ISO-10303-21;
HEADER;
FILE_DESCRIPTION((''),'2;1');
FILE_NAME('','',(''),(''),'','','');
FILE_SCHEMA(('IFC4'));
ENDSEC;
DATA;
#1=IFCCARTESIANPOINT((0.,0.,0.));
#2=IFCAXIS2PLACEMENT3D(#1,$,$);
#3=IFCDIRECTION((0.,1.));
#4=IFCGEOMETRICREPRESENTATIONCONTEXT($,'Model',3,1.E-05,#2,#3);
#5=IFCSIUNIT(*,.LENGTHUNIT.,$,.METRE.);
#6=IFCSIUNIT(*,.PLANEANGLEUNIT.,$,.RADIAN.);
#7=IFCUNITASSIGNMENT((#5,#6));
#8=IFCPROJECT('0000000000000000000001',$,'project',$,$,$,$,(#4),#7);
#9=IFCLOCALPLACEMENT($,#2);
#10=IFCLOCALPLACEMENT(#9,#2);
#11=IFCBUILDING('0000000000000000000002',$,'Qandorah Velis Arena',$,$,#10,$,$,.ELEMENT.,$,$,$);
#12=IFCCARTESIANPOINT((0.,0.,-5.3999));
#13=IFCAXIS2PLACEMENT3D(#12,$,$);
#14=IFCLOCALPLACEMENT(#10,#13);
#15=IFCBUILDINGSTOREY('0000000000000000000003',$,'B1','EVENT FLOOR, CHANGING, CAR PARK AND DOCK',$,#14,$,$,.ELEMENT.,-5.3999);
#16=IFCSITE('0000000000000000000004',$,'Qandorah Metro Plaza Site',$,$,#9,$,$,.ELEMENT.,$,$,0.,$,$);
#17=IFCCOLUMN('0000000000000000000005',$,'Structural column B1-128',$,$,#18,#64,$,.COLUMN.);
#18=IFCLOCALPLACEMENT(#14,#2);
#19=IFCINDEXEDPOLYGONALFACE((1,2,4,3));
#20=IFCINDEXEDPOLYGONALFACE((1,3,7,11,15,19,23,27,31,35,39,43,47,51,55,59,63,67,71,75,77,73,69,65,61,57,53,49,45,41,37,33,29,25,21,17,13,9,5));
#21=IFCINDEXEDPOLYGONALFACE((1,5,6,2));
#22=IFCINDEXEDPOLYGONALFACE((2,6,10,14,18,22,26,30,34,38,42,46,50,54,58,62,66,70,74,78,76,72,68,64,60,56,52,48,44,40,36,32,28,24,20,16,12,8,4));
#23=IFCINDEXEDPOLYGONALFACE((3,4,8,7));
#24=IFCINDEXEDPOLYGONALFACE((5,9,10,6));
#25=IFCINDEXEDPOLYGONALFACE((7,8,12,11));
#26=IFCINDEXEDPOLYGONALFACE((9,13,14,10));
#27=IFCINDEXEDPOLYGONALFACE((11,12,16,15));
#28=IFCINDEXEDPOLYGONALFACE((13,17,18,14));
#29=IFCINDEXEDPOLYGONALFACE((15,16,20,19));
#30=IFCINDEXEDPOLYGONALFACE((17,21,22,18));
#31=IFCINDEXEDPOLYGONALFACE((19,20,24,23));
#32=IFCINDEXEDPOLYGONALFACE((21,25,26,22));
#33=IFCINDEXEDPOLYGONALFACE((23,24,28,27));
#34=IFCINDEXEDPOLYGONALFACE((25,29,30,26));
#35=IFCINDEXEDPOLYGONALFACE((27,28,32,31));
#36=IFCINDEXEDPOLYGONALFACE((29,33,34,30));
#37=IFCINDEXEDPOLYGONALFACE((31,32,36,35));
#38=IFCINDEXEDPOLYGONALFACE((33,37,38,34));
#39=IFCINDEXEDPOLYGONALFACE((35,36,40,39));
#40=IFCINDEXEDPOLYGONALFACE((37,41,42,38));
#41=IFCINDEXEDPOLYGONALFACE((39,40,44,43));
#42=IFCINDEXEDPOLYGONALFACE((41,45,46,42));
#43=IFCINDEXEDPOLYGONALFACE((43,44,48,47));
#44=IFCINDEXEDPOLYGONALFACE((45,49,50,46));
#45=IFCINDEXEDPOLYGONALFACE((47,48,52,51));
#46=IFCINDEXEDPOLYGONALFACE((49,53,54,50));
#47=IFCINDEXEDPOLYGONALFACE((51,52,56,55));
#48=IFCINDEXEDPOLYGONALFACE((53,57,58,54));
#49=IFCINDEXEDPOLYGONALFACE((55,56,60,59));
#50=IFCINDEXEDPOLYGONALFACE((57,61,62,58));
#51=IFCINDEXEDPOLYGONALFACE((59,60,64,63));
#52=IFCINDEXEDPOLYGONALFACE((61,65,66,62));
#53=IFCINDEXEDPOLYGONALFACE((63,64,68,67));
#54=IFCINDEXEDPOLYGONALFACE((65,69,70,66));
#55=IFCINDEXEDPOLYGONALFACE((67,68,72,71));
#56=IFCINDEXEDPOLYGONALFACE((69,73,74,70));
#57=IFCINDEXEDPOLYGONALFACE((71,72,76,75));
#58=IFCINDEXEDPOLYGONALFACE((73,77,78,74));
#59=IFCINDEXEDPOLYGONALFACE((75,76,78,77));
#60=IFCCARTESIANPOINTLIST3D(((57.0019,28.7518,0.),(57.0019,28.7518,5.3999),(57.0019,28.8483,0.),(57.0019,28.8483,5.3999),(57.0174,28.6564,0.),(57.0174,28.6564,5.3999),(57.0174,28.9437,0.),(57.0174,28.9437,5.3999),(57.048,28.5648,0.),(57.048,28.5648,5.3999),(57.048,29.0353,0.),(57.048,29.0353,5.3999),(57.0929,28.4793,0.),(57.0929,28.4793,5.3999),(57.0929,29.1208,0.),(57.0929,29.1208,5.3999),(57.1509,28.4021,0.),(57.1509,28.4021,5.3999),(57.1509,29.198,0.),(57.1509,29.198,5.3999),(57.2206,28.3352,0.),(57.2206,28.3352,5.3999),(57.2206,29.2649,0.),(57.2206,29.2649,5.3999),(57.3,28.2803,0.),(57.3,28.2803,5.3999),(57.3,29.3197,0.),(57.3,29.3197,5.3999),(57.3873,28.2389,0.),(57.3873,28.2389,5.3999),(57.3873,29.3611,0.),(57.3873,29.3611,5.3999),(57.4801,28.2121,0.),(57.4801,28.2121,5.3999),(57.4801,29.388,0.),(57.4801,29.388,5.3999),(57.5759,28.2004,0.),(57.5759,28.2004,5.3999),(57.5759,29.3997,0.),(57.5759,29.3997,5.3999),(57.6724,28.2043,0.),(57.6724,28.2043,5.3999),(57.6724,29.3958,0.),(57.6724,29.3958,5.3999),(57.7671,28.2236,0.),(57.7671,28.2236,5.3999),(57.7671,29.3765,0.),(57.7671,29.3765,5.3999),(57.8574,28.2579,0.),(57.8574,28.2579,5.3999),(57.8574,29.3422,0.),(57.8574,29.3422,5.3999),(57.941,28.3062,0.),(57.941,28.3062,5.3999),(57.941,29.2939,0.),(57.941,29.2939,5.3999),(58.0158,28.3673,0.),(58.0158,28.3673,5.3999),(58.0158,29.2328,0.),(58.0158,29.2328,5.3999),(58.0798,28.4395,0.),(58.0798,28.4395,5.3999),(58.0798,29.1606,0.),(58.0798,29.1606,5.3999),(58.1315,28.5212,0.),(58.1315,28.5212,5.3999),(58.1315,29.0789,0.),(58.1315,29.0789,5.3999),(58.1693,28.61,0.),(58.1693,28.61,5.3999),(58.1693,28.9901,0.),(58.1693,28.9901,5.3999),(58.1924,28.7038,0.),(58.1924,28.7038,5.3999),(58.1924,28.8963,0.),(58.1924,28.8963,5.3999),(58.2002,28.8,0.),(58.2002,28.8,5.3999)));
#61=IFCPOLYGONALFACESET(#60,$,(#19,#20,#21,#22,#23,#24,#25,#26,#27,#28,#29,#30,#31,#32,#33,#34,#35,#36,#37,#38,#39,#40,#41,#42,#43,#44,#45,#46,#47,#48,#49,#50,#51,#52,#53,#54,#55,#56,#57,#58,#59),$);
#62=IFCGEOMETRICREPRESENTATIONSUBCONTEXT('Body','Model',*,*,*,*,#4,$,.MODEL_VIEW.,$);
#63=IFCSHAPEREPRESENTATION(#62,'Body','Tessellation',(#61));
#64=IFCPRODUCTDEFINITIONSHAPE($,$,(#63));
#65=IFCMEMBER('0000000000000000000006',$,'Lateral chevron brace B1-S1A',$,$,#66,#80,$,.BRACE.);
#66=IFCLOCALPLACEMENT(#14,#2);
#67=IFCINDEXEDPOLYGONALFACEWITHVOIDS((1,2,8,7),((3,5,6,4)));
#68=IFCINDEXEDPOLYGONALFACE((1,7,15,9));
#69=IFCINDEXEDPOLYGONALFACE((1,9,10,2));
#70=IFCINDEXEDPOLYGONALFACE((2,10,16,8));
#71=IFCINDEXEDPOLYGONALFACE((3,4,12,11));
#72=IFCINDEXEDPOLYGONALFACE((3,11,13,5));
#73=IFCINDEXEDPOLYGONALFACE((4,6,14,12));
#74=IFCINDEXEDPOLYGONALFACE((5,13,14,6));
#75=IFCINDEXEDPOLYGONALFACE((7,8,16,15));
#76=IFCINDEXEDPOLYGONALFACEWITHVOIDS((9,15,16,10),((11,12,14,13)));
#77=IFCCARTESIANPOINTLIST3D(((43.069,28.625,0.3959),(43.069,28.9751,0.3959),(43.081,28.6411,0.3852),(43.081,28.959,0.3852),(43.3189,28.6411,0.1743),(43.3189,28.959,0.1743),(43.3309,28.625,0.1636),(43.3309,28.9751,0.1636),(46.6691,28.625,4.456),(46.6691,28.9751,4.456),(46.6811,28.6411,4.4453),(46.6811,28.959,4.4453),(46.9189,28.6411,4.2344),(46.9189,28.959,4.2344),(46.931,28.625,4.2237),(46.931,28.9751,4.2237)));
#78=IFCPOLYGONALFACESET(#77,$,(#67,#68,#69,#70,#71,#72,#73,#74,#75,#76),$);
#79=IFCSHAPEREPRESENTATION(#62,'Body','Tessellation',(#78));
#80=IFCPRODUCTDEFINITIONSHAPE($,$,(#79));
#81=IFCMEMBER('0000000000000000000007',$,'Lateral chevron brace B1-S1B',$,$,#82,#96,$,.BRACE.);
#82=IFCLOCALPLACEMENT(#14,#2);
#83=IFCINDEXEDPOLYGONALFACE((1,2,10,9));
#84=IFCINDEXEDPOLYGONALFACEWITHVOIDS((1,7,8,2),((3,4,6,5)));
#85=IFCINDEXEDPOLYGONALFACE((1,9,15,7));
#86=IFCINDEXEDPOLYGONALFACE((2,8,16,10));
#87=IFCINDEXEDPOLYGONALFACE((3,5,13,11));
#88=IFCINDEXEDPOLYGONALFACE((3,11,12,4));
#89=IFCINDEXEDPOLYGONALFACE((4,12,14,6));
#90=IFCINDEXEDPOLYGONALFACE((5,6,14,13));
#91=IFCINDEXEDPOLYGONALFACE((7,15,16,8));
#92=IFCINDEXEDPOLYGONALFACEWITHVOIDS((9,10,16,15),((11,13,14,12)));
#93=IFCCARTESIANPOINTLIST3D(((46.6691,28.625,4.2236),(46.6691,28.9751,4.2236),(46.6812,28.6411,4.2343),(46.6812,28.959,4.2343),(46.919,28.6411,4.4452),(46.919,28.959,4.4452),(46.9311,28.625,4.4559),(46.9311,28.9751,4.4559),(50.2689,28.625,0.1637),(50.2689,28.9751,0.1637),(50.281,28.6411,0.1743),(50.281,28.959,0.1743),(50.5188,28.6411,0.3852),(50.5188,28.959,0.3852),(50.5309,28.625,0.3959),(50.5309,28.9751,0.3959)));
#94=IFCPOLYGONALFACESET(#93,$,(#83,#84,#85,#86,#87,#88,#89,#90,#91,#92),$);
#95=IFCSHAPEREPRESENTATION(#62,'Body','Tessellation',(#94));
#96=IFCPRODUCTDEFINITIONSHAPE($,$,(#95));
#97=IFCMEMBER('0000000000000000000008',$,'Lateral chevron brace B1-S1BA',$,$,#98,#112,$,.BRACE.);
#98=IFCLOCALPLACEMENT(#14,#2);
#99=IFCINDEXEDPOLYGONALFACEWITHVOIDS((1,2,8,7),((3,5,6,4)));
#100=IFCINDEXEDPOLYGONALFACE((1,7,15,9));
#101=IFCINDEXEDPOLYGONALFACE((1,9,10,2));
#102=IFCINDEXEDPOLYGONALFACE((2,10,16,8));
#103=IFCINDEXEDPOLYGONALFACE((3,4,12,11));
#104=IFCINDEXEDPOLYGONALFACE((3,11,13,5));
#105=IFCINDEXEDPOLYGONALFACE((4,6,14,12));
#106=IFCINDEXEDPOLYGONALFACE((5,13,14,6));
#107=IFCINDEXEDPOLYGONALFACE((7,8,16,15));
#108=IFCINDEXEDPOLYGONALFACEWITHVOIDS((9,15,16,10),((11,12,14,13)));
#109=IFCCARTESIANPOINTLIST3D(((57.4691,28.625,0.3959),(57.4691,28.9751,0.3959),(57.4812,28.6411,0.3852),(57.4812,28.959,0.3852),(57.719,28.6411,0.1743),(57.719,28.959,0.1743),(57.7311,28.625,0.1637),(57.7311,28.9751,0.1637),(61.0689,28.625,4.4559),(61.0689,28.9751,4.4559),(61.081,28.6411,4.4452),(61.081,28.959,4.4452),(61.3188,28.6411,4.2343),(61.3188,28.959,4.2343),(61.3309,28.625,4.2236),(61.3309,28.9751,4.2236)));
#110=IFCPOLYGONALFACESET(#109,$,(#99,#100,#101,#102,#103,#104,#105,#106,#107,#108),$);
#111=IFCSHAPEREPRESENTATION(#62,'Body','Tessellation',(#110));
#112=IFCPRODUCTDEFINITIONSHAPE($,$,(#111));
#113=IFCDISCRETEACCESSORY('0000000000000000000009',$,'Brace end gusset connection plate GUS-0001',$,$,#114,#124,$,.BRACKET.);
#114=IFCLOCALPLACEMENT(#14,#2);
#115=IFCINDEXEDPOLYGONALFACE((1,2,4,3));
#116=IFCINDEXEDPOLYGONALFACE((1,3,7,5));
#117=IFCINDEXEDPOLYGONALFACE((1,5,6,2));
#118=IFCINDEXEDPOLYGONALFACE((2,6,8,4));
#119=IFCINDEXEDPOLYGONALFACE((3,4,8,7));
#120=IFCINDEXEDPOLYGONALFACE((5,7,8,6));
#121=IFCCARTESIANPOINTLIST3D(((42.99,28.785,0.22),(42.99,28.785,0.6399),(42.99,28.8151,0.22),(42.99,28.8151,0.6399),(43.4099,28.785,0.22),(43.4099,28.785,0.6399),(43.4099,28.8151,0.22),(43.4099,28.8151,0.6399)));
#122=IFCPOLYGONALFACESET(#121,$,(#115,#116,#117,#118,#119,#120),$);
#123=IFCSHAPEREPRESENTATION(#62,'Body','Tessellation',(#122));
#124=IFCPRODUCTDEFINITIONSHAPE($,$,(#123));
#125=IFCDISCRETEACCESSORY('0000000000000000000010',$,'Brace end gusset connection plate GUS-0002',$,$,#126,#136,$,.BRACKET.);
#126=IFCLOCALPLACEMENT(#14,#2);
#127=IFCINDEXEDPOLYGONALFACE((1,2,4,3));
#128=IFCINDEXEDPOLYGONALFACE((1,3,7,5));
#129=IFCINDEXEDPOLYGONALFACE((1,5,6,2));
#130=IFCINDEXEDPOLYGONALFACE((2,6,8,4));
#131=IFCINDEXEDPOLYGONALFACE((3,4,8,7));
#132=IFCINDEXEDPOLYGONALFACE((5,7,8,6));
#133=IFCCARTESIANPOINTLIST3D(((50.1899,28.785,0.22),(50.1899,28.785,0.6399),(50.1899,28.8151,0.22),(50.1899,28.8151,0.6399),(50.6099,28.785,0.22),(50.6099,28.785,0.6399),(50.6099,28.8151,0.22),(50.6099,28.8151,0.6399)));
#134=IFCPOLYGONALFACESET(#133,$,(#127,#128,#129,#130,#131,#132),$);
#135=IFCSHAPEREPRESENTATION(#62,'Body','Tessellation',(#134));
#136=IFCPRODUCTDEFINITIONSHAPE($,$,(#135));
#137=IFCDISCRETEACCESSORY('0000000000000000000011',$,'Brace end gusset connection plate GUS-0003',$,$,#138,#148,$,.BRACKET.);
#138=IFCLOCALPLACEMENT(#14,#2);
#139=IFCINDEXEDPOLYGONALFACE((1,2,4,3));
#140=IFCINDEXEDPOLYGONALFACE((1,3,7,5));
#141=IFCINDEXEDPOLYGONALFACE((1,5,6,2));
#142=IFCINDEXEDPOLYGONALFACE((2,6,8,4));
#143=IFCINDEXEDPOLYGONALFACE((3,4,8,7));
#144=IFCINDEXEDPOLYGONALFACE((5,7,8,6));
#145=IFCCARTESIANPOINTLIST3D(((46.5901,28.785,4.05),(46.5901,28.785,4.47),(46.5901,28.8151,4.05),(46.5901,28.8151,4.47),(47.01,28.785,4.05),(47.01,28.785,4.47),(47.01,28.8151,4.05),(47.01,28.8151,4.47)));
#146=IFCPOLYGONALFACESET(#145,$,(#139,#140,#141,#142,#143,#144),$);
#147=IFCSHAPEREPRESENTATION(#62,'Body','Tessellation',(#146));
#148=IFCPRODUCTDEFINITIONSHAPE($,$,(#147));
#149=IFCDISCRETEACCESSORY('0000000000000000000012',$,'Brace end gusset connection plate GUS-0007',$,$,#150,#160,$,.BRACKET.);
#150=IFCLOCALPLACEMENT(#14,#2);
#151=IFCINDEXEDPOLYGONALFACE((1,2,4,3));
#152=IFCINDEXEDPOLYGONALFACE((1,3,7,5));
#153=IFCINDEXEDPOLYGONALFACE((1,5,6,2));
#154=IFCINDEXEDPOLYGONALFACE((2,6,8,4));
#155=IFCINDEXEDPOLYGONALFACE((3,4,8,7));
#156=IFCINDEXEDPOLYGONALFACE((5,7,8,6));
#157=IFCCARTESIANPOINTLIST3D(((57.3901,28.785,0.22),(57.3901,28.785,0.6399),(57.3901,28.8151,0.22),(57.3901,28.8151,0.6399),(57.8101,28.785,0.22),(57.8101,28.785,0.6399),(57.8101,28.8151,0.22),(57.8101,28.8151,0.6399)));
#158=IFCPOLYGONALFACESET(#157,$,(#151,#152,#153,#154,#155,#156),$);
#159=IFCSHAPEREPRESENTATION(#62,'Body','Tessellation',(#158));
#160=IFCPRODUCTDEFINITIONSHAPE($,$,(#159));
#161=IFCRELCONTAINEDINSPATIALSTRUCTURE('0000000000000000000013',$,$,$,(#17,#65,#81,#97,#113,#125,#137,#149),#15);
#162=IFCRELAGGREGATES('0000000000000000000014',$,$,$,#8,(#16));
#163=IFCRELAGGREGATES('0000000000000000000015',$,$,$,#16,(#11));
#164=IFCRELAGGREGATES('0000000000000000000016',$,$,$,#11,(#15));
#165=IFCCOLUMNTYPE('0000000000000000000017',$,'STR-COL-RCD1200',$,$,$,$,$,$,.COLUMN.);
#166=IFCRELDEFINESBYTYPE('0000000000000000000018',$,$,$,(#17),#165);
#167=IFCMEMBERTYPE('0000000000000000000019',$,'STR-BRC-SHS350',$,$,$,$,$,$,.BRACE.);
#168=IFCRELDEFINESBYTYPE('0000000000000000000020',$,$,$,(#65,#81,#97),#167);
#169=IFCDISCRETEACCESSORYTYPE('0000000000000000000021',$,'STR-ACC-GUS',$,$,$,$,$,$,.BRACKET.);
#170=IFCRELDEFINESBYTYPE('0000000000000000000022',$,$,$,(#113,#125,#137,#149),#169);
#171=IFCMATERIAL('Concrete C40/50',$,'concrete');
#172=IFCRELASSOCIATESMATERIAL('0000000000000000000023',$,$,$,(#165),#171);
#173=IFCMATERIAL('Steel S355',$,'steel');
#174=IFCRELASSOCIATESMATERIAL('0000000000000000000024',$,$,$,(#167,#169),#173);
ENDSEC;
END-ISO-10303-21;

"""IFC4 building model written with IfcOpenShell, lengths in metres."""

from ifc_helpers import new_model, si_unit, direction, frame, origin, origin_2d, place, context, subcontext, project, spatial, rectangle, hollow_rectangle, circle, extrude, material, material_profile, profile_set, type_object, element, save


model = new_model("IFC4")

# Units and contexts
model_context = context("Model", 3, precision=1e-05, world=origin(), true_north=direction((0.0, 1.0)))
body_context = subcontext(model_context, "Body", "Model", "MODEL_VIEW")
ifc_project = project(units=[si_unit("LENGTHUNIT", "METRE"), si_unit("PLANEANGLEUNIT", "RADIAN")], contexts=[model_context])

# Site, building, storey
site_placement = place(None, origin())
site = spatial("IfcSite", under=ifc_project, at=site_placement, Name="Qandorah Metro Plaza Site", CompositionType="ELEMENT", RefElevation=0.0)
building_placement = place(site_placement, origin())
building = spatial("IfcBuilding", under=site, at=building_placement, Name="Qandorah Velis Arena", CompositionType="ELEMENT")
storey_placement = place(building_placement, frame((0.0, 0.0, -5.3999)))
storey = spatial("IfcBuildingStorey", under=building, at=storey_placement, Name="B1", Description="EVENT FLOOR, CHANGING, CAR PARK AND DOCK", CompositionType="ELEMENT", Elevation=-5.3999)

# Shared definitions
ifc_material_1 = material(Name="Concrete C40/50", Category="concrete")

# Column
ifc_material_profile_1 = material_profile(ifc_material_1, circle(Radius=0.6001, at=origin_2d()), Name="RC D1200")
ifc_profile_set_1 = profile_set([ifc_material_profile_1], Name="Concrete C40/50")
column_type_1 = type_object("IfcColumnType", Name="STR-COL-RCD1200", PredefinedType="COLUMN", material=ifc_profile_set_1)
for number, where, z_axis, x_axis, name in (
    (1, (57.6001, 28.8, 0.0), (0.0, 0.0, 1.0), (1.0, 0.0, 0.0), "Structural column B1-128"),
):
    element("IfcColumn", number, at=place(storey_placement, frame(where, z_axis=z_axis, x_axis=x_axis)), inside=storey, type_object=column_type_1, Name=name, PredefinedType="COLUMN", context=body_context, shape_type="SweptSolid", body=[
        extrude(circle(Radius=0.6001, at=origin_2d()), origin(), (0.0, 0.0, 1.0), 5.3999),
    ])

# Members
ifc_material_2 = material(Name="Steel S355", Category="steel")
ifc_material_profile_2 = material_profile(ifc_material_2, hollow_rectangle(XDim=0.3501, YDim=0.3501, WallThickness=0.0161, at=origin_2d()), Name="SHS 350x350x16")
ifc_profile_set_2 = profile_set([ifc_material_profile_2], Name="Steel S355")
member_type = type_object("IfcMemberType", Name="STR-BRC-SHS350", PredefinedType="BRACE", material=ifc_profile_set_2)
member_placement = place(storey_placement, frame((43.2, 28.8, 0.2798), z_axis=(0.663453, 0.0, 0.748218), x_axis=(0.0, 1.0, 0.0)))
element("IfcMember", 2, at=member_placement, inside=storey, type_object=member_type, Name="Lateral chevron brace B1-S1A", PredefinedType="BRACE", context=body_context, shape_type="SweptSolid", body=[
    extrude(hollow_rectangle(XDim=0.3501, YDim=0.3501, WallThickness=0.0161, at=origin_2d()), origin(), (0.0, 0.0, 1.0), 5.4263),
])
for number, where, z_axis, x_axis, name in (
    (3, (50.3999, 28.8, 0.2798), (-0.663428, 0.0, 0.74824), (0.0, -1.0, 0.0), "Lateral chevron brace B1-S1B"),
    (4, (57.6001, 28.8, 0.2798), (0.663428, 0.0, 0.74824), (0.0, 1.0, 0.0), "Lateral chevron brace B1-S1BA"),
):
    element("IfcMember", number, at=place(storey_placement, frame(where, z_axis=z_axis, x_axis=x_axis)), inside=storey, type_object=member_type, Name=name, PredefinedType="BRACE", context=body_context, shape_type="SweptSolid", body=[
        extrude(hollow_rectangle(XDim=0.3501, YDim=0.3501, WallThickness=0.0161, at=origin_2d()), origin(), (0.0, 0.0, 1.0), 5.426),
    ])

# Discrete accessories
discrete_accessory_type = type_object("IfcDiscreteAccessoryType", Name="STR-ACC-GUS", PredefinedType="BRACKET", material=ifc_material_2)
for number, where, z_axis, x_axis, name in (
    (5, (43.2, 28.8, 0.22), (0.0, 0.0, 1.0), (1.0, 0.0, 0.0), "Brace end gusset connection plate GUS-0001"),
    (6, (50.3999, 28.8, 0.22), (0.0, 0.0, 1.0), (1.0, 0.0, 0.0), "Brace end gusset connection plate GUS-0002"),
    (7, (46.8, 28.8, 4.05), (0.0, 0.0, 1.0), (1.0, 0.0, 0.0), "Brace end gusset connection plate GUS-0003"),
    (8, (57.6001, 28.8, 0.22), (0.0, 0.0, 1.0), (1.0, 0.0, 0.0), "Brace end gusset connection plate GUS-0007"),
):
    element("IfcDiscreteAccessory", number, at=place(storey_placement, frame(where, z_axis=z_axis, x_axis=x_axis)), inside=storey, type_object=discrete_accessory_type, Name=name, PredefinedType="BRACKET", context=body_context, shape_type="SweptSolid", body=[
        extrude(rectangle(XDim=0.4199, YDim=0.03, at=origin_2d()), origin(), (0.0, 0.0, 1.0), 0.4199),
    ])

save(model, "model.ifc")
